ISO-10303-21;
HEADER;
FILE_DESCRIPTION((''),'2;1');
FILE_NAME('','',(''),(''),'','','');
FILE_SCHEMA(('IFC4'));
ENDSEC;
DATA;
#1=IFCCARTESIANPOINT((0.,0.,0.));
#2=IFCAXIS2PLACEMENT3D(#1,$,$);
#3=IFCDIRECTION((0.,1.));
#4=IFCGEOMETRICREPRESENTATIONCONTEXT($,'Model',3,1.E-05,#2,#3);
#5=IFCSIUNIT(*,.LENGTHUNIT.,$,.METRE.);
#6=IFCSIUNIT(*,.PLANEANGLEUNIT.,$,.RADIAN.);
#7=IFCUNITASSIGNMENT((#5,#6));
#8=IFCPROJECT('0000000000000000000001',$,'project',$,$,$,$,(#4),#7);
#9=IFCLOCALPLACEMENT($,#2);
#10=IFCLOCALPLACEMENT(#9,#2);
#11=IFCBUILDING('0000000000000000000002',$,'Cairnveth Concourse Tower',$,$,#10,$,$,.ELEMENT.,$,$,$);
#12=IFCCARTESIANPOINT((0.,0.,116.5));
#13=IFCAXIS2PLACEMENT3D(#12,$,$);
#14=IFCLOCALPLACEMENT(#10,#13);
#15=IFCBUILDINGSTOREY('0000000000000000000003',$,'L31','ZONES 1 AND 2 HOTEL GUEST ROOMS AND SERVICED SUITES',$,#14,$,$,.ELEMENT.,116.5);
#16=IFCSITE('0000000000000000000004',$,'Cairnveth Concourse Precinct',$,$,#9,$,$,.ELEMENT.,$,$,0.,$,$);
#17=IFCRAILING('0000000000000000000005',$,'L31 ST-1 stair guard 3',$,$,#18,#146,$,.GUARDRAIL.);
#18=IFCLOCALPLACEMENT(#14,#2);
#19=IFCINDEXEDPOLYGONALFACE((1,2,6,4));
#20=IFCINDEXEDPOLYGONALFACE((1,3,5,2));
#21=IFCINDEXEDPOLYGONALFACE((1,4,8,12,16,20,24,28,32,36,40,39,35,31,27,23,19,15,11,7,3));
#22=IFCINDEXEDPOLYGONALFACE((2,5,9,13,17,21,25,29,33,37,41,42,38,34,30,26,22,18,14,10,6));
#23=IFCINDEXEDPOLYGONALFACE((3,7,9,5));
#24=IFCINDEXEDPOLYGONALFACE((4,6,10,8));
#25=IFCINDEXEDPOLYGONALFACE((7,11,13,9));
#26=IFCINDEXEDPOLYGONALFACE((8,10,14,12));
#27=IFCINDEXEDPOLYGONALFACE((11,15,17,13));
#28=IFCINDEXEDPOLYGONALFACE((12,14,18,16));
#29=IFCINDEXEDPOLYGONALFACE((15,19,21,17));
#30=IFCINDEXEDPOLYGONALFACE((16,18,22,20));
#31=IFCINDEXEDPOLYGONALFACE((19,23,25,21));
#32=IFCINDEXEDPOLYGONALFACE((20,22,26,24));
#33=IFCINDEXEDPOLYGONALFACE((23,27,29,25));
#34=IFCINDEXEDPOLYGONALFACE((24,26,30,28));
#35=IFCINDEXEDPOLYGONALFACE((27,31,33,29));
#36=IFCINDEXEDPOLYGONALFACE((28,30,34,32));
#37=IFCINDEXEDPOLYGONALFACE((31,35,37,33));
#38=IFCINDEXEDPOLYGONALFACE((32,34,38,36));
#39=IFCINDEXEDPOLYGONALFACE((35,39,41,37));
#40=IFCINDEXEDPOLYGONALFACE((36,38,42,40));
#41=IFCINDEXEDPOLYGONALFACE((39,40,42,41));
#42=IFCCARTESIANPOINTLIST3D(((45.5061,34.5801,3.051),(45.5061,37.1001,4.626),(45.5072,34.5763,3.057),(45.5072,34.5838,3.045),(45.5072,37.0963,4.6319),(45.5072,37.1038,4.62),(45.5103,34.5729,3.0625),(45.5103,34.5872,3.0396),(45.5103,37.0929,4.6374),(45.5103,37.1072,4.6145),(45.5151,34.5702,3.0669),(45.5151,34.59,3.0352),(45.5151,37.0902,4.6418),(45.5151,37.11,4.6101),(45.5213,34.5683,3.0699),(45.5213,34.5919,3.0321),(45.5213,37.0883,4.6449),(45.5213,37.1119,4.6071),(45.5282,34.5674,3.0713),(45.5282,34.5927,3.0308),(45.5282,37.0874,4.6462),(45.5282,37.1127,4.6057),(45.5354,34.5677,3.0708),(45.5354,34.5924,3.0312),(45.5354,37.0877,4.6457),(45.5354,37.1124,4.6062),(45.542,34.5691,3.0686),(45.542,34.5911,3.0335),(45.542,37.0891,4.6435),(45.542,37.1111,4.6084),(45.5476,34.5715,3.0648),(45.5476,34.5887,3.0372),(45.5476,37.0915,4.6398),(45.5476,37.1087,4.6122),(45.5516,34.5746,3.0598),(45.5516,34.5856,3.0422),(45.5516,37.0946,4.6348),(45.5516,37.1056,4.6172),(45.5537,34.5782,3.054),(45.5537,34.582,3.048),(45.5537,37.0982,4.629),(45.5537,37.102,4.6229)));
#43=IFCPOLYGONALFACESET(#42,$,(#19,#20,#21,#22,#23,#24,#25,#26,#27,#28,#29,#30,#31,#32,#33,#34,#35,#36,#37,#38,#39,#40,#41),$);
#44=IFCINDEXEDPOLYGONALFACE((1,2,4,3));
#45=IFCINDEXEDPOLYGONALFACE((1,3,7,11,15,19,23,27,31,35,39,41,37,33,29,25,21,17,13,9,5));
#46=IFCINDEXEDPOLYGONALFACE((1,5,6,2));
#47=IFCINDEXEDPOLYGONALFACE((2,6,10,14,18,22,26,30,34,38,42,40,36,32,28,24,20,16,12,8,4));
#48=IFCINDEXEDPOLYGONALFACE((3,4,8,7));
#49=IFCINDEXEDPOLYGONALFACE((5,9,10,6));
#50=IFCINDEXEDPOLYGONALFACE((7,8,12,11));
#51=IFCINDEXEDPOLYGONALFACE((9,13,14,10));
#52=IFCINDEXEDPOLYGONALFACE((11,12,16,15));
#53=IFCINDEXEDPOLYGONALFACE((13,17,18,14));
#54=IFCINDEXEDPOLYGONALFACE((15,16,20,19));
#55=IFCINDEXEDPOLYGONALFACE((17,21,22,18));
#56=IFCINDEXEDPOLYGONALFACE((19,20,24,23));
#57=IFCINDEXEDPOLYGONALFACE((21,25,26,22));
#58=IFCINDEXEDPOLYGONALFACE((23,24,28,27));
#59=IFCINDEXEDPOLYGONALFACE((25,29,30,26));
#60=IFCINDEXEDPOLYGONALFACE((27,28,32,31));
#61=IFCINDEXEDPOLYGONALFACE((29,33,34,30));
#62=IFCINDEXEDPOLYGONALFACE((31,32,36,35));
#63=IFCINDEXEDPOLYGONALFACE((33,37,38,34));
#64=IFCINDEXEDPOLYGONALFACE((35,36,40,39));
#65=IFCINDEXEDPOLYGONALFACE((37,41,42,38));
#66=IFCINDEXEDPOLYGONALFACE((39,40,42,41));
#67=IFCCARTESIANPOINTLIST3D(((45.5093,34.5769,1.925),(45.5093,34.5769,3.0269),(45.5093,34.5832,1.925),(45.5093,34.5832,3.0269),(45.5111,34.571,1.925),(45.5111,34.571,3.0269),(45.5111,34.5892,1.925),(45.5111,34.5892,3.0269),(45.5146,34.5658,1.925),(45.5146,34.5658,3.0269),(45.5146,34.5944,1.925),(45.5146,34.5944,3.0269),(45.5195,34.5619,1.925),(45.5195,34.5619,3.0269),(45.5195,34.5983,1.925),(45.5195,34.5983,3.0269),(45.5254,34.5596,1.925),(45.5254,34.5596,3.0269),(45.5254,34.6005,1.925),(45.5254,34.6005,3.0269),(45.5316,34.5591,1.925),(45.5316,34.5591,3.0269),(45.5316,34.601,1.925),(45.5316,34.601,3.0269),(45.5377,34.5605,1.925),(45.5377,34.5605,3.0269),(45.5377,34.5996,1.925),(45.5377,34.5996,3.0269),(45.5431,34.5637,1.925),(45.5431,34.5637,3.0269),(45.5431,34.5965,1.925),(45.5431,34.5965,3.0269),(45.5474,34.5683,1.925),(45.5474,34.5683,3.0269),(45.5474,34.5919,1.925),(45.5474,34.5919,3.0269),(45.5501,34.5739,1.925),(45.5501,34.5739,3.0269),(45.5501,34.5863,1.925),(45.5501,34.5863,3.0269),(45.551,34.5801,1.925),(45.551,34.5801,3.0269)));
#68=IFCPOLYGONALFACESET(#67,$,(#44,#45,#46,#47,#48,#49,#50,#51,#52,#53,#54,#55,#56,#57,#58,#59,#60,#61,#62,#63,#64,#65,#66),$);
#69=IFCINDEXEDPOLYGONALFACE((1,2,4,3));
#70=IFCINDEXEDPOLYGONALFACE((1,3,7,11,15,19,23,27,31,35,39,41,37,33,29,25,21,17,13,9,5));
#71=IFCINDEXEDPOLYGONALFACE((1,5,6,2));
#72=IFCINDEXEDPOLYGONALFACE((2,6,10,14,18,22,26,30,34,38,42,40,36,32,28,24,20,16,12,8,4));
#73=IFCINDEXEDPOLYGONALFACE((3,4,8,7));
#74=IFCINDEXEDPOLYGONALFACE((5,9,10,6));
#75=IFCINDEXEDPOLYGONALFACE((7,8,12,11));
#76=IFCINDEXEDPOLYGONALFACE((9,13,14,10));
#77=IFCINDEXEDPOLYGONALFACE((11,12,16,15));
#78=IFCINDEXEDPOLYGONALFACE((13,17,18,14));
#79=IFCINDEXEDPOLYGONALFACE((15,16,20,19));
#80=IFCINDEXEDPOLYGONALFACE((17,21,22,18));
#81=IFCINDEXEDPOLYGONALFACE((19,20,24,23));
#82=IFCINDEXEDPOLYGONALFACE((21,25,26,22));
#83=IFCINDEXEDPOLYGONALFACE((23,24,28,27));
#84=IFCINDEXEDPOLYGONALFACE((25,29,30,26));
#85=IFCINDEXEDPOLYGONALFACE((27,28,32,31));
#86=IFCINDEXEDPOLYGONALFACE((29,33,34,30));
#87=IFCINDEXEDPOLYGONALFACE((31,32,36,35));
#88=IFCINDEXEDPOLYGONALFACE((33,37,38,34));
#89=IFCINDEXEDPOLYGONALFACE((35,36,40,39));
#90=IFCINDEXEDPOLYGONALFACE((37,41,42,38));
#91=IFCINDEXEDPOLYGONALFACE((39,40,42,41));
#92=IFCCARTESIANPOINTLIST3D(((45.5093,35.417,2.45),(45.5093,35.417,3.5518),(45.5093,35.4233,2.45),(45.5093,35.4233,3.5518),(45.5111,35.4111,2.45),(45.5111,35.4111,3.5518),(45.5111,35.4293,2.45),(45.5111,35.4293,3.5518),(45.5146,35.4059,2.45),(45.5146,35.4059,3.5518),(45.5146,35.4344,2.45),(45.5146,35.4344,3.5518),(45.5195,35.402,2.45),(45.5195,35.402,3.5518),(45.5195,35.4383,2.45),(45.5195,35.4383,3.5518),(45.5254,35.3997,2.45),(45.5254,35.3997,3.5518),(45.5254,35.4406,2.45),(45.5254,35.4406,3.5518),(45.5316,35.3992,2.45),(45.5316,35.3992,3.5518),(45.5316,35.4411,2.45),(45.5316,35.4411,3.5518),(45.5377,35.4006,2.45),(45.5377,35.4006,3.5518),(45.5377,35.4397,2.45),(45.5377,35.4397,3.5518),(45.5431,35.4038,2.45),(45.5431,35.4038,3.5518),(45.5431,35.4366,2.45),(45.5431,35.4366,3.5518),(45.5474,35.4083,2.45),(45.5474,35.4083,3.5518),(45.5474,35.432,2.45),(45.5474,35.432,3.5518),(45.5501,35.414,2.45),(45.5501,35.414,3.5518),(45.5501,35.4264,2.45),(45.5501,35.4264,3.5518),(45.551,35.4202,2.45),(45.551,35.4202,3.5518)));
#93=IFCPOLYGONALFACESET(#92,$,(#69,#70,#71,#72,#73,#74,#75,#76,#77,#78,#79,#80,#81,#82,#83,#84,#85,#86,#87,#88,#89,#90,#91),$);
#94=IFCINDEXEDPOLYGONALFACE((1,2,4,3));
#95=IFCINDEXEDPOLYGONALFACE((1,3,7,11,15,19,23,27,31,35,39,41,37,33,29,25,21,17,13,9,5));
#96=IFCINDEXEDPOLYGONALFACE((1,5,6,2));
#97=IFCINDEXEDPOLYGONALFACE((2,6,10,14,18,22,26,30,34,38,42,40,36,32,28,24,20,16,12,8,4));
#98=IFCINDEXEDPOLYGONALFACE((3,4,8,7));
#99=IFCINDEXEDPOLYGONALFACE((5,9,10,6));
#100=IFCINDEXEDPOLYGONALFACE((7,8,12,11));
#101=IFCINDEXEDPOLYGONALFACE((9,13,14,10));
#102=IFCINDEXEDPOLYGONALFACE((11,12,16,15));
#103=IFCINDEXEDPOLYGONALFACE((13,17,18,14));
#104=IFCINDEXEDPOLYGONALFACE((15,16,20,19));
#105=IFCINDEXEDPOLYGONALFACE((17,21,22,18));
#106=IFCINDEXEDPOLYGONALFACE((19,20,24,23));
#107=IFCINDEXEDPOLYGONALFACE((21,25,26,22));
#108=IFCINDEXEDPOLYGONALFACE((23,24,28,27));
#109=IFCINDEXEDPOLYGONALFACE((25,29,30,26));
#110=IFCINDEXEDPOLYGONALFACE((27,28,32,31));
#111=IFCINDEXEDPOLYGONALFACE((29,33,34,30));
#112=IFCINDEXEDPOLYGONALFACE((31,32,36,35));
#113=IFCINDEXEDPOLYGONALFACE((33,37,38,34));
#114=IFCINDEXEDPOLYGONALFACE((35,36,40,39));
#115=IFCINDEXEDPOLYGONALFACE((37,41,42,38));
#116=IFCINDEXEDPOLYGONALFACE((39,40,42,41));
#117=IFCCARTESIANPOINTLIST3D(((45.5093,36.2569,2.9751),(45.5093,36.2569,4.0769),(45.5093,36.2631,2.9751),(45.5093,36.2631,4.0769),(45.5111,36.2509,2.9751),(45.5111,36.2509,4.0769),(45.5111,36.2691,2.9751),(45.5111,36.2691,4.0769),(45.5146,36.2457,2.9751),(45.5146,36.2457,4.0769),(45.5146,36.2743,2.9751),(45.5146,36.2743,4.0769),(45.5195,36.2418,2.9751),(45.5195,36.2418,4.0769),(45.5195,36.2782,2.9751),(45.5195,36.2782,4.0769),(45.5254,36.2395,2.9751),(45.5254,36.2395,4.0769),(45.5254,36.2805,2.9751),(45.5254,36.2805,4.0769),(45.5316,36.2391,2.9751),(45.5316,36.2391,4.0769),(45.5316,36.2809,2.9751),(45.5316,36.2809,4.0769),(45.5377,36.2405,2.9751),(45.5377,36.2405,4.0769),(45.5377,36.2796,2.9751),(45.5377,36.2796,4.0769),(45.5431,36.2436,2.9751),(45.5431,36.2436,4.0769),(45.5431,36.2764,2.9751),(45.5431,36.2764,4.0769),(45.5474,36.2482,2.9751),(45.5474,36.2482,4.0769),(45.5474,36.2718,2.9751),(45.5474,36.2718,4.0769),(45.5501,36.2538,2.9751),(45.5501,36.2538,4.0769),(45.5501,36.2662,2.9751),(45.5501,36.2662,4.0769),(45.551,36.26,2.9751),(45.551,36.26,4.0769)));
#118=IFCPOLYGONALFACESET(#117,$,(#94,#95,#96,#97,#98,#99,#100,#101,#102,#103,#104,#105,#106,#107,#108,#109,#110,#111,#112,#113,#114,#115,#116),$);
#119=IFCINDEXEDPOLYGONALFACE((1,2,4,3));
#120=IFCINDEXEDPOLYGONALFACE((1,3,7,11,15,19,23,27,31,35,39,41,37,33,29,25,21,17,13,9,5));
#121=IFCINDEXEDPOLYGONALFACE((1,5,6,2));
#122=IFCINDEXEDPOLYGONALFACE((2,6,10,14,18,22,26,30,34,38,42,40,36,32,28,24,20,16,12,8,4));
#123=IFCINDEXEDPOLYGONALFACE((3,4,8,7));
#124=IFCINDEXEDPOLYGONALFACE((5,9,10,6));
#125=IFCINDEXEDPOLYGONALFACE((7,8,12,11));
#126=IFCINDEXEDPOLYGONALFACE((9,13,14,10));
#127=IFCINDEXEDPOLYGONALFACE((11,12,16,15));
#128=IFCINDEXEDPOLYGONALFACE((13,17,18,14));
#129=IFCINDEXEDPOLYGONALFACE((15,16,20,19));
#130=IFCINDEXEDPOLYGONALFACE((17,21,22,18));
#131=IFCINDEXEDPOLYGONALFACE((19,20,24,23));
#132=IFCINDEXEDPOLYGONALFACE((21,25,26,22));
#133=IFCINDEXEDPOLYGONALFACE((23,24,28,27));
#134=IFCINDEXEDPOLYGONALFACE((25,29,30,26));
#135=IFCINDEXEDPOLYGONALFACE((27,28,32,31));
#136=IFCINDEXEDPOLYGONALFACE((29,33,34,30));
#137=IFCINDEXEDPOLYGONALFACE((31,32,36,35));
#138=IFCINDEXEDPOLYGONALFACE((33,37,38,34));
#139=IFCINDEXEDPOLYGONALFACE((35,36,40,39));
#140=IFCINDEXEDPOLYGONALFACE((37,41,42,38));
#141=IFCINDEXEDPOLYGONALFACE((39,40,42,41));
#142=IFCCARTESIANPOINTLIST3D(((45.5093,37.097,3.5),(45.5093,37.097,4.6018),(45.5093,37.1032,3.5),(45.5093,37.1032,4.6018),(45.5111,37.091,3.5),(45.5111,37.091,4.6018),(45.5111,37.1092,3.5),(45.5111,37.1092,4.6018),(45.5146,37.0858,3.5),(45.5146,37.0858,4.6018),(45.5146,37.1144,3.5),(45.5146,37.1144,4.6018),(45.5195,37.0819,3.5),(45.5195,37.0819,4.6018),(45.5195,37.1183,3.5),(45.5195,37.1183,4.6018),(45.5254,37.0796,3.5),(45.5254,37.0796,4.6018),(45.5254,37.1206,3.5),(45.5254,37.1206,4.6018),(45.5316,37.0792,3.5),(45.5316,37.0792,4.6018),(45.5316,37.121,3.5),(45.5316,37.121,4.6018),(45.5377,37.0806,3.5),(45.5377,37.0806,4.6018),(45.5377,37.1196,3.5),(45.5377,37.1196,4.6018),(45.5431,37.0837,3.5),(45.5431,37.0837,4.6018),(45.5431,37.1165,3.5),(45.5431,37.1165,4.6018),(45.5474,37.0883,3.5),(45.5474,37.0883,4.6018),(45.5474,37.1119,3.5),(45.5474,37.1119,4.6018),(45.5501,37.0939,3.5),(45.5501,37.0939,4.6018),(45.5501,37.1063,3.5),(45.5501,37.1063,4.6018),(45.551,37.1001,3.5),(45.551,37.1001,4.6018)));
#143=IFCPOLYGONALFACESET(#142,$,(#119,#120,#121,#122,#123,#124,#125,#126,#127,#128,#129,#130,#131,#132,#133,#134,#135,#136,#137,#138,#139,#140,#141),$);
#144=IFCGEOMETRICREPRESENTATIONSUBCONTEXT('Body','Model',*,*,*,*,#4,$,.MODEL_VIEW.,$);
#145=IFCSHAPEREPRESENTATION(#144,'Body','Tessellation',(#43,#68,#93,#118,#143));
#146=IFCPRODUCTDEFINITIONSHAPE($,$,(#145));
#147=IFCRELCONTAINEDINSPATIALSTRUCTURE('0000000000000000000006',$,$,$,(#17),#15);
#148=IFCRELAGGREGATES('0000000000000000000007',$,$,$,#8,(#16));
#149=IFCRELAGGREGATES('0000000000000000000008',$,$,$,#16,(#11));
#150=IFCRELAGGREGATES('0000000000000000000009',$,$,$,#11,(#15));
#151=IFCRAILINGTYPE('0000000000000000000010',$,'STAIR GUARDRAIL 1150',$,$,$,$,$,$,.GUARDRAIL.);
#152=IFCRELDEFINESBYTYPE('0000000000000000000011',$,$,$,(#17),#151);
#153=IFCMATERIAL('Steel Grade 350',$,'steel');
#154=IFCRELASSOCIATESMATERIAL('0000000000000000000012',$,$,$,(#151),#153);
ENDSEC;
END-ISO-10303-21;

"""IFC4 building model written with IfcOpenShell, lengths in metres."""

from ifc_helpers import new_model, si_unit, direction, frame, origin, origin_2d, place, context, subcontext, project, spatial, circle, extrude, material, type_object, element, save


model = new_model("IFC4")

# Units and contexts
model_context = context("Model", 3, precision=1e-05, world=origin(), true_north=direction((0.0, 1.0)))
body_context = subcontext(model_context, "Body", "Model", "MODEL_VIEW")
ifc_project = project(units=[si_unit("LENGTHUNIT", "METRE"), si_unit("PLANEANGLEUNIT", "RADIAN")], contexts=[model_context])

# Site, building, storey
site_placement = place(None, origin())
site = spatial("IfcSite", under=ifc_project, at=site_placement, Name="Cairnveth Concourse Precinct", CompositionType="ELEMENT", RefElevation=0.0)
building_placement = place(site_placement, origin())
building = spatial("IfcBuilding", under=site, at=building_placement, Name="Cairnveth Concourse Tower", CompositionType="ELEMENT")
storey_placement = place(building_placement, frame((0.0, 0.0, 116.5)))
storey = spatial("IfcBuildingStorey", under=building, at=storey_placement, Name="L31", Description="ZONES 1 AND 2 HOTEL GUEST ROOMS AND SERVICED SUITES", CompositionType="ELEMENT", Elevation=116.5)

# Railing
ifc_material_1 = material(Name="Steel Grade 350", Category="steel")
railing_type_1 = type_object("IfcRailingType", Name="STAIR GUARDRAIL 1150", PredefinedType="GUARDRAIL", material=ifc_material_1)
railing_1_placement = place(storey_placement, frame((45.53, 34.5801, 1.925)))
element("IfcRailing", 1, at=railing_1_placement, inside=storey, type_object=railing_type_1, Name="L31 ST-1 stair guard 3", PredefinedType="GUARDRAIL", context=body_context, shape_type="SweptSolid", body=[
    extrude(circle(Radius=0.0239, at=origin_2d()), frame((0.0, 0.0, 1.126), z_axis=(0.0, 0.848008, 0.529984), x_axis=(-1.0, 0.0, 0.0)), (0.0, 0.0, 1.0), 2.9717),
    extrude(circle(Radius=0.021, at=origin_2d()), origin(), (0.0, 0.0, 1.0), 1.1018),
    extrude(circle(Radius=0.021, at=origin_2d()), frame((0.0, 0.8401, 0.5249)), (0.0, 0.0, 1.0), 1.1018),
    extrude(circle(Radius=0.021, at=origin_2d()), frame((0.0, 1.6799, 1.05)), (0.0, 0.0, 1.0), 1.1018),
    extrude(circle(Radius=0.021, at=origin_2d()), frame((0.0, 2.52, 1.575)), (0.0, 0.0, 1.0), 1.1018),
])

save(model, "model.ifc")
